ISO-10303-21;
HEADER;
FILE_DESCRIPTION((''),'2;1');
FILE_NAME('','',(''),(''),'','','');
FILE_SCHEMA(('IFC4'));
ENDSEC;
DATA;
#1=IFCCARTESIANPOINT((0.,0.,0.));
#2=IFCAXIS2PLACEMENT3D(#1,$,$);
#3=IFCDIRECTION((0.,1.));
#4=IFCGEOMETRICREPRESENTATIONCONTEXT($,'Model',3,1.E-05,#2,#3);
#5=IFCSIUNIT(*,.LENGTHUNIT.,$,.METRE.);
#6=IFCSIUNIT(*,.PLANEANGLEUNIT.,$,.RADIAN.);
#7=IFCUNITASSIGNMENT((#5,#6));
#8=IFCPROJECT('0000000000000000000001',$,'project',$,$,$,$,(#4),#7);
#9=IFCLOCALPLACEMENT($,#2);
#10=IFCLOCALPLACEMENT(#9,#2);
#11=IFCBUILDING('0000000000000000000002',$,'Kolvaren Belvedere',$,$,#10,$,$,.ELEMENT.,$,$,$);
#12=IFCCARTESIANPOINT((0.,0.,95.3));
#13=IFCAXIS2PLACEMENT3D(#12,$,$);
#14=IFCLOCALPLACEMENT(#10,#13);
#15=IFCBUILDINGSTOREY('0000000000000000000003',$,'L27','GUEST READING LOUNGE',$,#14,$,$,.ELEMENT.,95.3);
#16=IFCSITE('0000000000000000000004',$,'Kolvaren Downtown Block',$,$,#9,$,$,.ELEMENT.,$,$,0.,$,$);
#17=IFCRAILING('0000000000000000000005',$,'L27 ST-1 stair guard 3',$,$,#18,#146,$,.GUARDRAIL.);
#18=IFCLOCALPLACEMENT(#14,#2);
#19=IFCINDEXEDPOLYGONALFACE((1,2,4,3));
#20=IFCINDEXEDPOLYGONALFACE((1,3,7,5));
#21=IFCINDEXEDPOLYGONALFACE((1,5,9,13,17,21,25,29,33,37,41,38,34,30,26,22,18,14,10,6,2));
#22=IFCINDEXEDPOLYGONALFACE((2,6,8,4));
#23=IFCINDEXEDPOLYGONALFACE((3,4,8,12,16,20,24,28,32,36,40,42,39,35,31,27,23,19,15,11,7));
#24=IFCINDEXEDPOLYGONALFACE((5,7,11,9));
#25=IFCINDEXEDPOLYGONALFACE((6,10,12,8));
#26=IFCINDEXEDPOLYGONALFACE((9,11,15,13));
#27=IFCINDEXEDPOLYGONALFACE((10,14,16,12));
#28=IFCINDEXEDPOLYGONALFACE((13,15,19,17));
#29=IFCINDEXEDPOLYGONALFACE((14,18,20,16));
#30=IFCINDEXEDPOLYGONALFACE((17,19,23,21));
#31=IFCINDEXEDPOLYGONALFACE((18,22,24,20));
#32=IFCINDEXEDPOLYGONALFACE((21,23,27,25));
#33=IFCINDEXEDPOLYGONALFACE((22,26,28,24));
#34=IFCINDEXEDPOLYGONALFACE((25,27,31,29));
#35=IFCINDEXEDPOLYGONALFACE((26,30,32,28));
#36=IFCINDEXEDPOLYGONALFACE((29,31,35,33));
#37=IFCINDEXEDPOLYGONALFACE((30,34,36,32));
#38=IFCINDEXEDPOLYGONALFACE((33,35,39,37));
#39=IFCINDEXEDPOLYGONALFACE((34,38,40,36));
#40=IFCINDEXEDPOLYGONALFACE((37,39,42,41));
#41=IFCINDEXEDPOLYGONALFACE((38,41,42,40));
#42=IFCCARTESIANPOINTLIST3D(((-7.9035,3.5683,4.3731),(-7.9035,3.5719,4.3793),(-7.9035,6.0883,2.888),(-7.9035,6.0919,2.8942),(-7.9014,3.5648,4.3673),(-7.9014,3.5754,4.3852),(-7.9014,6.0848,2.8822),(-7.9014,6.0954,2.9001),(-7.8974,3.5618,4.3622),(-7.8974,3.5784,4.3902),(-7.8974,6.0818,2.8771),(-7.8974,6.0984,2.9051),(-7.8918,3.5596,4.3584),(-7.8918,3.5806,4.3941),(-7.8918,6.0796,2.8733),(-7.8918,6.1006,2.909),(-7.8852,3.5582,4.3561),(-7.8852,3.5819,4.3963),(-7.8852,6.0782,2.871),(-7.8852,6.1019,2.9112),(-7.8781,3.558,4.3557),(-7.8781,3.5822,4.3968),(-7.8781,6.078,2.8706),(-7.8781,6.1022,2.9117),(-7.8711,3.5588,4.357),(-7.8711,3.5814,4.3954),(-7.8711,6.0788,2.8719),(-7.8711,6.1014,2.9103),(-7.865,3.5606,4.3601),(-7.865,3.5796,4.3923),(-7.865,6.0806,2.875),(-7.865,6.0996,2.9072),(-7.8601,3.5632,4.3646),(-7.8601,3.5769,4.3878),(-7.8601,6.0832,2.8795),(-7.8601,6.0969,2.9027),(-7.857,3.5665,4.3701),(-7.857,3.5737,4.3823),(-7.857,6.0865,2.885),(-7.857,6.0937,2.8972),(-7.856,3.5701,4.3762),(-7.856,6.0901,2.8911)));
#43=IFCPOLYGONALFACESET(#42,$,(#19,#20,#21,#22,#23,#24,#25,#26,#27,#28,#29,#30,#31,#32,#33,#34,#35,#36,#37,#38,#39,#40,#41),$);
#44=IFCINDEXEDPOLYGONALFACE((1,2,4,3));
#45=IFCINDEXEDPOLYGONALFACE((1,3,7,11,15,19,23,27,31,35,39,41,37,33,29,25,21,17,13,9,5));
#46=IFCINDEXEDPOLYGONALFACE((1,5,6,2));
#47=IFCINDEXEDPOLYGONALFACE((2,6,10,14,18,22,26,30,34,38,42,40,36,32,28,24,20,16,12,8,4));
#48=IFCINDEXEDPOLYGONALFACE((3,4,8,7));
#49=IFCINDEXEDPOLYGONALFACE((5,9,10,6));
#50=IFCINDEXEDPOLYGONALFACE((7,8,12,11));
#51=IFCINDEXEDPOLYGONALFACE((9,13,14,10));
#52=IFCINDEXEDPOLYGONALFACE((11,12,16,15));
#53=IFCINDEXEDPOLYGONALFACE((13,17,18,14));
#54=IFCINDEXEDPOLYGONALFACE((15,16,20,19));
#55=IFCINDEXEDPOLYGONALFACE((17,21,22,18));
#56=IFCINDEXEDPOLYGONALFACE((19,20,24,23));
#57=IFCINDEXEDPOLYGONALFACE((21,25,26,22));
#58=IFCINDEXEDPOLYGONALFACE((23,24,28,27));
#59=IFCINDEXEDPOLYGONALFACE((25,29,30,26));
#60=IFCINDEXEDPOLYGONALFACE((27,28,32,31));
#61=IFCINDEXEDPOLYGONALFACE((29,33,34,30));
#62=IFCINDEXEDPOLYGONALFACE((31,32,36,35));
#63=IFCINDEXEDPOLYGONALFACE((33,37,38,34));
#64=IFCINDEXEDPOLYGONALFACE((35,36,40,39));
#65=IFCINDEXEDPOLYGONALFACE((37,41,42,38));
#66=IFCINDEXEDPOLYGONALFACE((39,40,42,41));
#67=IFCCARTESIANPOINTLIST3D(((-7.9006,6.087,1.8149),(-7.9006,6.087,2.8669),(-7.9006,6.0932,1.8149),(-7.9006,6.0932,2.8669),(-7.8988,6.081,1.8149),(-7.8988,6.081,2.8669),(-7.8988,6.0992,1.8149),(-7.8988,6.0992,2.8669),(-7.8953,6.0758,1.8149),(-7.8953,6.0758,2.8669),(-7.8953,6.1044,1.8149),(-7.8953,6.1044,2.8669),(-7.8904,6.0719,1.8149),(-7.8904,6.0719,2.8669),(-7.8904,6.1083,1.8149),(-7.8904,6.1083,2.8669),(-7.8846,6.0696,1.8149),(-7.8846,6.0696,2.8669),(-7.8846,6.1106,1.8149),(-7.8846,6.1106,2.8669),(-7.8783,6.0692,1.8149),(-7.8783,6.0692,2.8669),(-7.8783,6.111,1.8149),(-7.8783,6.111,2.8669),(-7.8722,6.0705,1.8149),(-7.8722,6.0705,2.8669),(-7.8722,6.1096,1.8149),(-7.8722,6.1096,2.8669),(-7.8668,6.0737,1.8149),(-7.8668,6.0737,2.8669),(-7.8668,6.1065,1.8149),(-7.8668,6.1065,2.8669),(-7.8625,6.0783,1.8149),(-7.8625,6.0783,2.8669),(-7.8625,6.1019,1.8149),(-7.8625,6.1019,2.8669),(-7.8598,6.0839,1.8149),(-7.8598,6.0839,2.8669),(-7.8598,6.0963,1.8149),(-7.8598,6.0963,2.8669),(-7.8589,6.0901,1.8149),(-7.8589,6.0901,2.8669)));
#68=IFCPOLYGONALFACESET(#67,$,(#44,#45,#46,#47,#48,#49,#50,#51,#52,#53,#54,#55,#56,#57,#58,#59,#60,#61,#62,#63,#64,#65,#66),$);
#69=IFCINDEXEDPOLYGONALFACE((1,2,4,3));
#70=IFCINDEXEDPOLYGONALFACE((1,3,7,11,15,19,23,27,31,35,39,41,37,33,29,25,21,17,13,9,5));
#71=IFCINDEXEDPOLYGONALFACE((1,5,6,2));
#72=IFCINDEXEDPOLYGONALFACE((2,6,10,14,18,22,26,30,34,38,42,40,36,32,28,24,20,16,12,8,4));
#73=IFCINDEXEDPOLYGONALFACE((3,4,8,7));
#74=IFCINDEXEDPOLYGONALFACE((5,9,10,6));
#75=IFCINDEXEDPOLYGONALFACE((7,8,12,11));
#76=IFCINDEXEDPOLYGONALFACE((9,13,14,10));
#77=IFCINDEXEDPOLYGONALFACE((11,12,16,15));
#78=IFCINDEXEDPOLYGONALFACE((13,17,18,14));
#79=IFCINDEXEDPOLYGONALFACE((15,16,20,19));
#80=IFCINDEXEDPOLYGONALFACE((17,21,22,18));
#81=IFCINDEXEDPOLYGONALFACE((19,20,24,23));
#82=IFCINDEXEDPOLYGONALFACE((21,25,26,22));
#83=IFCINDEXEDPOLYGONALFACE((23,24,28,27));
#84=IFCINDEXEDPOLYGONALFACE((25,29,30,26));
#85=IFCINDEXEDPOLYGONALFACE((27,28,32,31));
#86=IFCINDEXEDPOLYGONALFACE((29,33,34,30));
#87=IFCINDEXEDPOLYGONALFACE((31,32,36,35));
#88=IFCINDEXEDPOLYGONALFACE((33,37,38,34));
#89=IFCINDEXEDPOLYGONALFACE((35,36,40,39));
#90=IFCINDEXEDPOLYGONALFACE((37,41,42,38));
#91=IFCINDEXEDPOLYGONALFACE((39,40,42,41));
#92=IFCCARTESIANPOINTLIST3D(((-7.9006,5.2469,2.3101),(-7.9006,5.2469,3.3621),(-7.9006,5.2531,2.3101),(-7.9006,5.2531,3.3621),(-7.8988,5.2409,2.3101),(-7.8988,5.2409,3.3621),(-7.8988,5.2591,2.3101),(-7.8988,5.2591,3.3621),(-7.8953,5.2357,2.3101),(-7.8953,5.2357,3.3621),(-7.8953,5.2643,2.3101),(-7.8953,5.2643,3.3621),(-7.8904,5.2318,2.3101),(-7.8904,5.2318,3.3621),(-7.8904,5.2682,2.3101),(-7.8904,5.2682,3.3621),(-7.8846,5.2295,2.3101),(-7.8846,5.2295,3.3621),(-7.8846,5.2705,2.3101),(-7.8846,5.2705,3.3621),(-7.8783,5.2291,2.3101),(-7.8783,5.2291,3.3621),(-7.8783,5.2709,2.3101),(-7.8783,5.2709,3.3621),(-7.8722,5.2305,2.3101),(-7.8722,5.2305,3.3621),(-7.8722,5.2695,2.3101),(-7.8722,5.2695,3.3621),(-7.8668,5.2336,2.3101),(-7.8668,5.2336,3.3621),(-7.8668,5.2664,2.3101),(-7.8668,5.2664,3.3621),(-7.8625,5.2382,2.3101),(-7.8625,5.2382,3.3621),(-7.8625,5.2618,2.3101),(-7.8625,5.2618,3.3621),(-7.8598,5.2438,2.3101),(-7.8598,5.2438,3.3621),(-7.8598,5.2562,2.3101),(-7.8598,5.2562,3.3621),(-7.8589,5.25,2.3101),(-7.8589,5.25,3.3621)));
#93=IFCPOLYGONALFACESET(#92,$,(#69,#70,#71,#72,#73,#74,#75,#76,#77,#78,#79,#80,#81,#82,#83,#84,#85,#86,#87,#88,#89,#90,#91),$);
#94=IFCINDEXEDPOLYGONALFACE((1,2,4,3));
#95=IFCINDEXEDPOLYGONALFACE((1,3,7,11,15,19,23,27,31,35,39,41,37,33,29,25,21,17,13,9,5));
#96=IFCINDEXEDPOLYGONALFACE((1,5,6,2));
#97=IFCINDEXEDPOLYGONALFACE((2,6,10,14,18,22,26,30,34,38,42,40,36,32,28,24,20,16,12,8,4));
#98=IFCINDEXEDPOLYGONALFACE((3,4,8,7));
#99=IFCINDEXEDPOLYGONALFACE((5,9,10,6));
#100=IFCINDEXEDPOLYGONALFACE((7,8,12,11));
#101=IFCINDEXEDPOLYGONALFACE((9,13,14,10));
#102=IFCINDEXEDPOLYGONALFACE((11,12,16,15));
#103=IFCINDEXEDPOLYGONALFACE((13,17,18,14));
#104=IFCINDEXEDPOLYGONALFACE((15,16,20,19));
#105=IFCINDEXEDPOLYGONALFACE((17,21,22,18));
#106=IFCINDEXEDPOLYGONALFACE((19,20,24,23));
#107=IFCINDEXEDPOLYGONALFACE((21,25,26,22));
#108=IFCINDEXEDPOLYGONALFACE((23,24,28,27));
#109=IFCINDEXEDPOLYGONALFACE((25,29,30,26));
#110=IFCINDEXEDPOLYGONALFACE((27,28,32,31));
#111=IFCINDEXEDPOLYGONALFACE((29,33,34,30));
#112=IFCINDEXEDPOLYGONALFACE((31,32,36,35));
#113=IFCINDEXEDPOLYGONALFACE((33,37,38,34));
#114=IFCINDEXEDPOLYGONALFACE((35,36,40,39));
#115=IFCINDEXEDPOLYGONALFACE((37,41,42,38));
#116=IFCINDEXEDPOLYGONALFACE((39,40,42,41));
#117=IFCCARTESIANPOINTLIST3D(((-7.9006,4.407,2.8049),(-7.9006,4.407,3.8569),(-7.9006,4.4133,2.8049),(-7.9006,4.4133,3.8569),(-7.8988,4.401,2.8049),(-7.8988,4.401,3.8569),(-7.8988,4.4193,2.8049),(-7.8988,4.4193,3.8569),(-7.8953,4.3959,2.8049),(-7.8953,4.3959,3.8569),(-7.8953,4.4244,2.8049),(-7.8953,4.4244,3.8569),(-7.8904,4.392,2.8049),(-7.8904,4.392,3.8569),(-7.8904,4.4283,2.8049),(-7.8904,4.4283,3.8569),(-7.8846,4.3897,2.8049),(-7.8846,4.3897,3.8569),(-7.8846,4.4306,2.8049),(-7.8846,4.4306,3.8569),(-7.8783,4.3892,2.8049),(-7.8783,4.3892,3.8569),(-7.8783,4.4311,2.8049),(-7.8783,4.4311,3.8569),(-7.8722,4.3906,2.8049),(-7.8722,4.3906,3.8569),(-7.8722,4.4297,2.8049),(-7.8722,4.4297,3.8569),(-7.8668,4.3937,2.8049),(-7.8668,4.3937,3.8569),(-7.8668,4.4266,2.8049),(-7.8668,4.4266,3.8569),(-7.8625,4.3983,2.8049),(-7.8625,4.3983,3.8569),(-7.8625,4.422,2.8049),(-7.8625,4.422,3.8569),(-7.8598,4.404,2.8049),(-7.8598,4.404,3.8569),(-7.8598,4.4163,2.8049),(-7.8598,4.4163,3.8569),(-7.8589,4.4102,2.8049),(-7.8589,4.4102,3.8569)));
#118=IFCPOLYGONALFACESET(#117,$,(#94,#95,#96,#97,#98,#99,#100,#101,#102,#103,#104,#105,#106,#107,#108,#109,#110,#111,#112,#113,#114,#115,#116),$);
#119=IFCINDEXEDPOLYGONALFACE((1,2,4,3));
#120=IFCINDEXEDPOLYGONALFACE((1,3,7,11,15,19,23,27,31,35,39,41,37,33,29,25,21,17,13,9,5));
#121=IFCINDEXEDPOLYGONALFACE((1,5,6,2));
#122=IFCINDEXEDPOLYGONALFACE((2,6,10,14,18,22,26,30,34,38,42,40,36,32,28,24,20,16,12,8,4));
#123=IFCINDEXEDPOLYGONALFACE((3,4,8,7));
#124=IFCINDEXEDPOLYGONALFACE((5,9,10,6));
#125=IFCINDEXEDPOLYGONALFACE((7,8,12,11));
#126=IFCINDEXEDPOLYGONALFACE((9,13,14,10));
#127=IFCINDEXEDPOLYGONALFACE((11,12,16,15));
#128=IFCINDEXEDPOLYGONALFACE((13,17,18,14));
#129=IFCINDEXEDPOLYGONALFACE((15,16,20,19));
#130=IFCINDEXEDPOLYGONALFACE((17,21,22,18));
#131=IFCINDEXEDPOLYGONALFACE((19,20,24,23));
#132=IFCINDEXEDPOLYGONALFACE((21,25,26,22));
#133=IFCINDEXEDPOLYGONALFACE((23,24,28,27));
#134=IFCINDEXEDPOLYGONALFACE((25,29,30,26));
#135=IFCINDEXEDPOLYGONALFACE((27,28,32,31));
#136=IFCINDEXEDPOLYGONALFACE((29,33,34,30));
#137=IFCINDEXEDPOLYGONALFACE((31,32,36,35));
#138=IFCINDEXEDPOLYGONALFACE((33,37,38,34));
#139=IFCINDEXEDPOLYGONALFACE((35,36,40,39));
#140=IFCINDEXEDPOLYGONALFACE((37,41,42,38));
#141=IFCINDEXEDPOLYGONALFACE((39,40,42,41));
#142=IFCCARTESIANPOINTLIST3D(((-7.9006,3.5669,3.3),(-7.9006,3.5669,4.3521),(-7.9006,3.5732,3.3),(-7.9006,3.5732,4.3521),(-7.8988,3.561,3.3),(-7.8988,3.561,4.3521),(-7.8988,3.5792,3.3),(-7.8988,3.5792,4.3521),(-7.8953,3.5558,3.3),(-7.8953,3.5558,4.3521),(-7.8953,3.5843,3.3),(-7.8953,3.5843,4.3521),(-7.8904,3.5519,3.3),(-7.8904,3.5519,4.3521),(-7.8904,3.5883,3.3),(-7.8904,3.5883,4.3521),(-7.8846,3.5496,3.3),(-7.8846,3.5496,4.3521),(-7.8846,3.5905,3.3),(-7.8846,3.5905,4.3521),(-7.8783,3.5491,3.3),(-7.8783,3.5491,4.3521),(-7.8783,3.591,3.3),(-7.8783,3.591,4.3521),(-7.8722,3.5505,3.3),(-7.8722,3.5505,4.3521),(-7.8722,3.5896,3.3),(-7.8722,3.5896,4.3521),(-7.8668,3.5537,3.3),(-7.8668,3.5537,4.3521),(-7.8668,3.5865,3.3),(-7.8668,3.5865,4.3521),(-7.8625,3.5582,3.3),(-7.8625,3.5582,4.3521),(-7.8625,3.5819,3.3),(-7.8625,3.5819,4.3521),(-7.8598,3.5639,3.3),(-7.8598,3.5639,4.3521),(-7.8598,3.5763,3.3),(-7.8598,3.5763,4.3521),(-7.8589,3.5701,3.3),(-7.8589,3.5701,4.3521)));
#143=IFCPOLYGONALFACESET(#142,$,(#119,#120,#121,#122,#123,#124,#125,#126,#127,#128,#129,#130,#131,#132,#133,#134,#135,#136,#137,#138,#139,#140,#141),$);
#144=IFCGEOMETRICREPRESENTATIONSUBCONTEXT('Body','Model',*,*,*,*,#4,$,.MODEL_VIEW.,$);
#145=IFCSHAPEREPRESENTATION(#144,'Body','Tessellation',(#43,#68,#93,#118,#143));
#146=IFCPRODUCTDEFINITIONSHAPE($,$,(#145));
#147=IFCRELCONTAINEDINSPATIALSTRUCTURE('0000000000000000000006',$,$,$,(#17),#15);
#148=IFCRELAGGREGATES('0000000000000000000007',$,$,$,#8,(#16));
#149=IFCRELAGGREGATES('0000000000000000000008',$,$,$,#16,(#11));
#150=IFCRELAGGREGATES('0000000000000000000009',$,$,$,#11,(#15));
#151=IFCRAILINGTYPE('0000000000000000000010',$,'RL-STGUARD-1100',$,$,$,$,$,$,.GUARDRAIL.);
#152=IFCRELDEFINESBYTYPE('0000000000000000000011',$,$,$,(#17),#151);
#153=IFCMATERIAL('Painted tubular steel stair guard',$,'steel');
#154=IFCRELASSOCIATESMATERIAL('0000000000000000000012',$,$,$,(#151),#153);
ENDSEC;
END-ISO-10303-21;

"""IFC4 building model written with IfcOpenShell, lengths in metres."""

from ifc_helpers import new_model, si_unit, direction, frame, origin, origin_2d, place, context, subcontext, project, spatial, circle, extrude, material, type_object, element, save


model = new_model("IFC4")

# Units and contexts
model_context = context("Model", 3, precision=1e-05, world=origin(), true_north=direction((0.0, 1.0)))
body_context = subcontext(model_context, "Body", "Model", "MODEL_VIEW")
ifc_project = project(units=[si_unit("LENGTHUNIT", "METRE"), si_unit("PLANEANGLEUNIT", "RADIAN")], contexts=[model_context])

# Site, building, storey
site_placement = place(None, origin())
site = spatial("IfcSite", under=ifc_project, at=site_placement, Name="Kolvaren Downtown Block", CompositionType="ELEMENT", RefElevation=0.0)
building_placement = place(site_placement, origin())
building = spatial("IfcBuilding", under=site, at=building_placement, Name="Kolvaren Belvedere", CompositionType="ELEMENT")
storey_placement = place(building_placement, frame((0.0, 0.0, 95.3)))
storey = spatial("IfcBuildingStorey", under=building, at=storey_placement, Name="L27", Description="GUEST READING LOUNGE", CompositionType="ELEMENT", Elevation=95.3)

# Railing
ifc_material_1 = material(Name="Painted tubular steel stair guard", Category="steel")
railing_type_1 = type_object("IfcRailingType", Name="RL-STGUARD-1100", PredefinedType="GUARDRAIL", material=ifc_material_1)
railing_1_placement = place(storey_placement, frame((-7.8799, 6.0901, 1.8149)))
element("IfcRailing", 1, at=railing_1_placement, inside=storey, type_object=railing_type_1, Name="L27 ST-1 stair guard 3", PredefinedType="GUARDRAIL", context=body_context, shape_type="SweptSolid", body=[
    extrude(circle(Radius=0.0239, at=origin_2d()), frame((0.0, 0.0, 1.0762), z_axis=(0.0, -0.861524, 0.507717), x_axis=(1.0, 0.0, 0.0)), (0.0, 0.0, 1.0), 2.925),
    extrude(circle(Radius=0.021, at=origin_2d()), origin(), (0.0, 0.0, 1.0), 1.052),
    extrude(circle(Radius=0.021, at=origin_2d()), frame((0.0, -0.8401, 0.4951)), (0.0, 0.0, 1.0), 1.052),
    extrude(circle(Radius=0.021, at=origin_2d()), frame((0.0, -1.6799, 0.99)), (0.0, 0.0, 1.0), 1.052),
    extrude(circle(Radius=0.021, at=origin_2d()), frame((0.0, -2.52, 1.4851)), (0.0, 0.0, 1.0), 1.052),
])

save(model, "model.ifc")
